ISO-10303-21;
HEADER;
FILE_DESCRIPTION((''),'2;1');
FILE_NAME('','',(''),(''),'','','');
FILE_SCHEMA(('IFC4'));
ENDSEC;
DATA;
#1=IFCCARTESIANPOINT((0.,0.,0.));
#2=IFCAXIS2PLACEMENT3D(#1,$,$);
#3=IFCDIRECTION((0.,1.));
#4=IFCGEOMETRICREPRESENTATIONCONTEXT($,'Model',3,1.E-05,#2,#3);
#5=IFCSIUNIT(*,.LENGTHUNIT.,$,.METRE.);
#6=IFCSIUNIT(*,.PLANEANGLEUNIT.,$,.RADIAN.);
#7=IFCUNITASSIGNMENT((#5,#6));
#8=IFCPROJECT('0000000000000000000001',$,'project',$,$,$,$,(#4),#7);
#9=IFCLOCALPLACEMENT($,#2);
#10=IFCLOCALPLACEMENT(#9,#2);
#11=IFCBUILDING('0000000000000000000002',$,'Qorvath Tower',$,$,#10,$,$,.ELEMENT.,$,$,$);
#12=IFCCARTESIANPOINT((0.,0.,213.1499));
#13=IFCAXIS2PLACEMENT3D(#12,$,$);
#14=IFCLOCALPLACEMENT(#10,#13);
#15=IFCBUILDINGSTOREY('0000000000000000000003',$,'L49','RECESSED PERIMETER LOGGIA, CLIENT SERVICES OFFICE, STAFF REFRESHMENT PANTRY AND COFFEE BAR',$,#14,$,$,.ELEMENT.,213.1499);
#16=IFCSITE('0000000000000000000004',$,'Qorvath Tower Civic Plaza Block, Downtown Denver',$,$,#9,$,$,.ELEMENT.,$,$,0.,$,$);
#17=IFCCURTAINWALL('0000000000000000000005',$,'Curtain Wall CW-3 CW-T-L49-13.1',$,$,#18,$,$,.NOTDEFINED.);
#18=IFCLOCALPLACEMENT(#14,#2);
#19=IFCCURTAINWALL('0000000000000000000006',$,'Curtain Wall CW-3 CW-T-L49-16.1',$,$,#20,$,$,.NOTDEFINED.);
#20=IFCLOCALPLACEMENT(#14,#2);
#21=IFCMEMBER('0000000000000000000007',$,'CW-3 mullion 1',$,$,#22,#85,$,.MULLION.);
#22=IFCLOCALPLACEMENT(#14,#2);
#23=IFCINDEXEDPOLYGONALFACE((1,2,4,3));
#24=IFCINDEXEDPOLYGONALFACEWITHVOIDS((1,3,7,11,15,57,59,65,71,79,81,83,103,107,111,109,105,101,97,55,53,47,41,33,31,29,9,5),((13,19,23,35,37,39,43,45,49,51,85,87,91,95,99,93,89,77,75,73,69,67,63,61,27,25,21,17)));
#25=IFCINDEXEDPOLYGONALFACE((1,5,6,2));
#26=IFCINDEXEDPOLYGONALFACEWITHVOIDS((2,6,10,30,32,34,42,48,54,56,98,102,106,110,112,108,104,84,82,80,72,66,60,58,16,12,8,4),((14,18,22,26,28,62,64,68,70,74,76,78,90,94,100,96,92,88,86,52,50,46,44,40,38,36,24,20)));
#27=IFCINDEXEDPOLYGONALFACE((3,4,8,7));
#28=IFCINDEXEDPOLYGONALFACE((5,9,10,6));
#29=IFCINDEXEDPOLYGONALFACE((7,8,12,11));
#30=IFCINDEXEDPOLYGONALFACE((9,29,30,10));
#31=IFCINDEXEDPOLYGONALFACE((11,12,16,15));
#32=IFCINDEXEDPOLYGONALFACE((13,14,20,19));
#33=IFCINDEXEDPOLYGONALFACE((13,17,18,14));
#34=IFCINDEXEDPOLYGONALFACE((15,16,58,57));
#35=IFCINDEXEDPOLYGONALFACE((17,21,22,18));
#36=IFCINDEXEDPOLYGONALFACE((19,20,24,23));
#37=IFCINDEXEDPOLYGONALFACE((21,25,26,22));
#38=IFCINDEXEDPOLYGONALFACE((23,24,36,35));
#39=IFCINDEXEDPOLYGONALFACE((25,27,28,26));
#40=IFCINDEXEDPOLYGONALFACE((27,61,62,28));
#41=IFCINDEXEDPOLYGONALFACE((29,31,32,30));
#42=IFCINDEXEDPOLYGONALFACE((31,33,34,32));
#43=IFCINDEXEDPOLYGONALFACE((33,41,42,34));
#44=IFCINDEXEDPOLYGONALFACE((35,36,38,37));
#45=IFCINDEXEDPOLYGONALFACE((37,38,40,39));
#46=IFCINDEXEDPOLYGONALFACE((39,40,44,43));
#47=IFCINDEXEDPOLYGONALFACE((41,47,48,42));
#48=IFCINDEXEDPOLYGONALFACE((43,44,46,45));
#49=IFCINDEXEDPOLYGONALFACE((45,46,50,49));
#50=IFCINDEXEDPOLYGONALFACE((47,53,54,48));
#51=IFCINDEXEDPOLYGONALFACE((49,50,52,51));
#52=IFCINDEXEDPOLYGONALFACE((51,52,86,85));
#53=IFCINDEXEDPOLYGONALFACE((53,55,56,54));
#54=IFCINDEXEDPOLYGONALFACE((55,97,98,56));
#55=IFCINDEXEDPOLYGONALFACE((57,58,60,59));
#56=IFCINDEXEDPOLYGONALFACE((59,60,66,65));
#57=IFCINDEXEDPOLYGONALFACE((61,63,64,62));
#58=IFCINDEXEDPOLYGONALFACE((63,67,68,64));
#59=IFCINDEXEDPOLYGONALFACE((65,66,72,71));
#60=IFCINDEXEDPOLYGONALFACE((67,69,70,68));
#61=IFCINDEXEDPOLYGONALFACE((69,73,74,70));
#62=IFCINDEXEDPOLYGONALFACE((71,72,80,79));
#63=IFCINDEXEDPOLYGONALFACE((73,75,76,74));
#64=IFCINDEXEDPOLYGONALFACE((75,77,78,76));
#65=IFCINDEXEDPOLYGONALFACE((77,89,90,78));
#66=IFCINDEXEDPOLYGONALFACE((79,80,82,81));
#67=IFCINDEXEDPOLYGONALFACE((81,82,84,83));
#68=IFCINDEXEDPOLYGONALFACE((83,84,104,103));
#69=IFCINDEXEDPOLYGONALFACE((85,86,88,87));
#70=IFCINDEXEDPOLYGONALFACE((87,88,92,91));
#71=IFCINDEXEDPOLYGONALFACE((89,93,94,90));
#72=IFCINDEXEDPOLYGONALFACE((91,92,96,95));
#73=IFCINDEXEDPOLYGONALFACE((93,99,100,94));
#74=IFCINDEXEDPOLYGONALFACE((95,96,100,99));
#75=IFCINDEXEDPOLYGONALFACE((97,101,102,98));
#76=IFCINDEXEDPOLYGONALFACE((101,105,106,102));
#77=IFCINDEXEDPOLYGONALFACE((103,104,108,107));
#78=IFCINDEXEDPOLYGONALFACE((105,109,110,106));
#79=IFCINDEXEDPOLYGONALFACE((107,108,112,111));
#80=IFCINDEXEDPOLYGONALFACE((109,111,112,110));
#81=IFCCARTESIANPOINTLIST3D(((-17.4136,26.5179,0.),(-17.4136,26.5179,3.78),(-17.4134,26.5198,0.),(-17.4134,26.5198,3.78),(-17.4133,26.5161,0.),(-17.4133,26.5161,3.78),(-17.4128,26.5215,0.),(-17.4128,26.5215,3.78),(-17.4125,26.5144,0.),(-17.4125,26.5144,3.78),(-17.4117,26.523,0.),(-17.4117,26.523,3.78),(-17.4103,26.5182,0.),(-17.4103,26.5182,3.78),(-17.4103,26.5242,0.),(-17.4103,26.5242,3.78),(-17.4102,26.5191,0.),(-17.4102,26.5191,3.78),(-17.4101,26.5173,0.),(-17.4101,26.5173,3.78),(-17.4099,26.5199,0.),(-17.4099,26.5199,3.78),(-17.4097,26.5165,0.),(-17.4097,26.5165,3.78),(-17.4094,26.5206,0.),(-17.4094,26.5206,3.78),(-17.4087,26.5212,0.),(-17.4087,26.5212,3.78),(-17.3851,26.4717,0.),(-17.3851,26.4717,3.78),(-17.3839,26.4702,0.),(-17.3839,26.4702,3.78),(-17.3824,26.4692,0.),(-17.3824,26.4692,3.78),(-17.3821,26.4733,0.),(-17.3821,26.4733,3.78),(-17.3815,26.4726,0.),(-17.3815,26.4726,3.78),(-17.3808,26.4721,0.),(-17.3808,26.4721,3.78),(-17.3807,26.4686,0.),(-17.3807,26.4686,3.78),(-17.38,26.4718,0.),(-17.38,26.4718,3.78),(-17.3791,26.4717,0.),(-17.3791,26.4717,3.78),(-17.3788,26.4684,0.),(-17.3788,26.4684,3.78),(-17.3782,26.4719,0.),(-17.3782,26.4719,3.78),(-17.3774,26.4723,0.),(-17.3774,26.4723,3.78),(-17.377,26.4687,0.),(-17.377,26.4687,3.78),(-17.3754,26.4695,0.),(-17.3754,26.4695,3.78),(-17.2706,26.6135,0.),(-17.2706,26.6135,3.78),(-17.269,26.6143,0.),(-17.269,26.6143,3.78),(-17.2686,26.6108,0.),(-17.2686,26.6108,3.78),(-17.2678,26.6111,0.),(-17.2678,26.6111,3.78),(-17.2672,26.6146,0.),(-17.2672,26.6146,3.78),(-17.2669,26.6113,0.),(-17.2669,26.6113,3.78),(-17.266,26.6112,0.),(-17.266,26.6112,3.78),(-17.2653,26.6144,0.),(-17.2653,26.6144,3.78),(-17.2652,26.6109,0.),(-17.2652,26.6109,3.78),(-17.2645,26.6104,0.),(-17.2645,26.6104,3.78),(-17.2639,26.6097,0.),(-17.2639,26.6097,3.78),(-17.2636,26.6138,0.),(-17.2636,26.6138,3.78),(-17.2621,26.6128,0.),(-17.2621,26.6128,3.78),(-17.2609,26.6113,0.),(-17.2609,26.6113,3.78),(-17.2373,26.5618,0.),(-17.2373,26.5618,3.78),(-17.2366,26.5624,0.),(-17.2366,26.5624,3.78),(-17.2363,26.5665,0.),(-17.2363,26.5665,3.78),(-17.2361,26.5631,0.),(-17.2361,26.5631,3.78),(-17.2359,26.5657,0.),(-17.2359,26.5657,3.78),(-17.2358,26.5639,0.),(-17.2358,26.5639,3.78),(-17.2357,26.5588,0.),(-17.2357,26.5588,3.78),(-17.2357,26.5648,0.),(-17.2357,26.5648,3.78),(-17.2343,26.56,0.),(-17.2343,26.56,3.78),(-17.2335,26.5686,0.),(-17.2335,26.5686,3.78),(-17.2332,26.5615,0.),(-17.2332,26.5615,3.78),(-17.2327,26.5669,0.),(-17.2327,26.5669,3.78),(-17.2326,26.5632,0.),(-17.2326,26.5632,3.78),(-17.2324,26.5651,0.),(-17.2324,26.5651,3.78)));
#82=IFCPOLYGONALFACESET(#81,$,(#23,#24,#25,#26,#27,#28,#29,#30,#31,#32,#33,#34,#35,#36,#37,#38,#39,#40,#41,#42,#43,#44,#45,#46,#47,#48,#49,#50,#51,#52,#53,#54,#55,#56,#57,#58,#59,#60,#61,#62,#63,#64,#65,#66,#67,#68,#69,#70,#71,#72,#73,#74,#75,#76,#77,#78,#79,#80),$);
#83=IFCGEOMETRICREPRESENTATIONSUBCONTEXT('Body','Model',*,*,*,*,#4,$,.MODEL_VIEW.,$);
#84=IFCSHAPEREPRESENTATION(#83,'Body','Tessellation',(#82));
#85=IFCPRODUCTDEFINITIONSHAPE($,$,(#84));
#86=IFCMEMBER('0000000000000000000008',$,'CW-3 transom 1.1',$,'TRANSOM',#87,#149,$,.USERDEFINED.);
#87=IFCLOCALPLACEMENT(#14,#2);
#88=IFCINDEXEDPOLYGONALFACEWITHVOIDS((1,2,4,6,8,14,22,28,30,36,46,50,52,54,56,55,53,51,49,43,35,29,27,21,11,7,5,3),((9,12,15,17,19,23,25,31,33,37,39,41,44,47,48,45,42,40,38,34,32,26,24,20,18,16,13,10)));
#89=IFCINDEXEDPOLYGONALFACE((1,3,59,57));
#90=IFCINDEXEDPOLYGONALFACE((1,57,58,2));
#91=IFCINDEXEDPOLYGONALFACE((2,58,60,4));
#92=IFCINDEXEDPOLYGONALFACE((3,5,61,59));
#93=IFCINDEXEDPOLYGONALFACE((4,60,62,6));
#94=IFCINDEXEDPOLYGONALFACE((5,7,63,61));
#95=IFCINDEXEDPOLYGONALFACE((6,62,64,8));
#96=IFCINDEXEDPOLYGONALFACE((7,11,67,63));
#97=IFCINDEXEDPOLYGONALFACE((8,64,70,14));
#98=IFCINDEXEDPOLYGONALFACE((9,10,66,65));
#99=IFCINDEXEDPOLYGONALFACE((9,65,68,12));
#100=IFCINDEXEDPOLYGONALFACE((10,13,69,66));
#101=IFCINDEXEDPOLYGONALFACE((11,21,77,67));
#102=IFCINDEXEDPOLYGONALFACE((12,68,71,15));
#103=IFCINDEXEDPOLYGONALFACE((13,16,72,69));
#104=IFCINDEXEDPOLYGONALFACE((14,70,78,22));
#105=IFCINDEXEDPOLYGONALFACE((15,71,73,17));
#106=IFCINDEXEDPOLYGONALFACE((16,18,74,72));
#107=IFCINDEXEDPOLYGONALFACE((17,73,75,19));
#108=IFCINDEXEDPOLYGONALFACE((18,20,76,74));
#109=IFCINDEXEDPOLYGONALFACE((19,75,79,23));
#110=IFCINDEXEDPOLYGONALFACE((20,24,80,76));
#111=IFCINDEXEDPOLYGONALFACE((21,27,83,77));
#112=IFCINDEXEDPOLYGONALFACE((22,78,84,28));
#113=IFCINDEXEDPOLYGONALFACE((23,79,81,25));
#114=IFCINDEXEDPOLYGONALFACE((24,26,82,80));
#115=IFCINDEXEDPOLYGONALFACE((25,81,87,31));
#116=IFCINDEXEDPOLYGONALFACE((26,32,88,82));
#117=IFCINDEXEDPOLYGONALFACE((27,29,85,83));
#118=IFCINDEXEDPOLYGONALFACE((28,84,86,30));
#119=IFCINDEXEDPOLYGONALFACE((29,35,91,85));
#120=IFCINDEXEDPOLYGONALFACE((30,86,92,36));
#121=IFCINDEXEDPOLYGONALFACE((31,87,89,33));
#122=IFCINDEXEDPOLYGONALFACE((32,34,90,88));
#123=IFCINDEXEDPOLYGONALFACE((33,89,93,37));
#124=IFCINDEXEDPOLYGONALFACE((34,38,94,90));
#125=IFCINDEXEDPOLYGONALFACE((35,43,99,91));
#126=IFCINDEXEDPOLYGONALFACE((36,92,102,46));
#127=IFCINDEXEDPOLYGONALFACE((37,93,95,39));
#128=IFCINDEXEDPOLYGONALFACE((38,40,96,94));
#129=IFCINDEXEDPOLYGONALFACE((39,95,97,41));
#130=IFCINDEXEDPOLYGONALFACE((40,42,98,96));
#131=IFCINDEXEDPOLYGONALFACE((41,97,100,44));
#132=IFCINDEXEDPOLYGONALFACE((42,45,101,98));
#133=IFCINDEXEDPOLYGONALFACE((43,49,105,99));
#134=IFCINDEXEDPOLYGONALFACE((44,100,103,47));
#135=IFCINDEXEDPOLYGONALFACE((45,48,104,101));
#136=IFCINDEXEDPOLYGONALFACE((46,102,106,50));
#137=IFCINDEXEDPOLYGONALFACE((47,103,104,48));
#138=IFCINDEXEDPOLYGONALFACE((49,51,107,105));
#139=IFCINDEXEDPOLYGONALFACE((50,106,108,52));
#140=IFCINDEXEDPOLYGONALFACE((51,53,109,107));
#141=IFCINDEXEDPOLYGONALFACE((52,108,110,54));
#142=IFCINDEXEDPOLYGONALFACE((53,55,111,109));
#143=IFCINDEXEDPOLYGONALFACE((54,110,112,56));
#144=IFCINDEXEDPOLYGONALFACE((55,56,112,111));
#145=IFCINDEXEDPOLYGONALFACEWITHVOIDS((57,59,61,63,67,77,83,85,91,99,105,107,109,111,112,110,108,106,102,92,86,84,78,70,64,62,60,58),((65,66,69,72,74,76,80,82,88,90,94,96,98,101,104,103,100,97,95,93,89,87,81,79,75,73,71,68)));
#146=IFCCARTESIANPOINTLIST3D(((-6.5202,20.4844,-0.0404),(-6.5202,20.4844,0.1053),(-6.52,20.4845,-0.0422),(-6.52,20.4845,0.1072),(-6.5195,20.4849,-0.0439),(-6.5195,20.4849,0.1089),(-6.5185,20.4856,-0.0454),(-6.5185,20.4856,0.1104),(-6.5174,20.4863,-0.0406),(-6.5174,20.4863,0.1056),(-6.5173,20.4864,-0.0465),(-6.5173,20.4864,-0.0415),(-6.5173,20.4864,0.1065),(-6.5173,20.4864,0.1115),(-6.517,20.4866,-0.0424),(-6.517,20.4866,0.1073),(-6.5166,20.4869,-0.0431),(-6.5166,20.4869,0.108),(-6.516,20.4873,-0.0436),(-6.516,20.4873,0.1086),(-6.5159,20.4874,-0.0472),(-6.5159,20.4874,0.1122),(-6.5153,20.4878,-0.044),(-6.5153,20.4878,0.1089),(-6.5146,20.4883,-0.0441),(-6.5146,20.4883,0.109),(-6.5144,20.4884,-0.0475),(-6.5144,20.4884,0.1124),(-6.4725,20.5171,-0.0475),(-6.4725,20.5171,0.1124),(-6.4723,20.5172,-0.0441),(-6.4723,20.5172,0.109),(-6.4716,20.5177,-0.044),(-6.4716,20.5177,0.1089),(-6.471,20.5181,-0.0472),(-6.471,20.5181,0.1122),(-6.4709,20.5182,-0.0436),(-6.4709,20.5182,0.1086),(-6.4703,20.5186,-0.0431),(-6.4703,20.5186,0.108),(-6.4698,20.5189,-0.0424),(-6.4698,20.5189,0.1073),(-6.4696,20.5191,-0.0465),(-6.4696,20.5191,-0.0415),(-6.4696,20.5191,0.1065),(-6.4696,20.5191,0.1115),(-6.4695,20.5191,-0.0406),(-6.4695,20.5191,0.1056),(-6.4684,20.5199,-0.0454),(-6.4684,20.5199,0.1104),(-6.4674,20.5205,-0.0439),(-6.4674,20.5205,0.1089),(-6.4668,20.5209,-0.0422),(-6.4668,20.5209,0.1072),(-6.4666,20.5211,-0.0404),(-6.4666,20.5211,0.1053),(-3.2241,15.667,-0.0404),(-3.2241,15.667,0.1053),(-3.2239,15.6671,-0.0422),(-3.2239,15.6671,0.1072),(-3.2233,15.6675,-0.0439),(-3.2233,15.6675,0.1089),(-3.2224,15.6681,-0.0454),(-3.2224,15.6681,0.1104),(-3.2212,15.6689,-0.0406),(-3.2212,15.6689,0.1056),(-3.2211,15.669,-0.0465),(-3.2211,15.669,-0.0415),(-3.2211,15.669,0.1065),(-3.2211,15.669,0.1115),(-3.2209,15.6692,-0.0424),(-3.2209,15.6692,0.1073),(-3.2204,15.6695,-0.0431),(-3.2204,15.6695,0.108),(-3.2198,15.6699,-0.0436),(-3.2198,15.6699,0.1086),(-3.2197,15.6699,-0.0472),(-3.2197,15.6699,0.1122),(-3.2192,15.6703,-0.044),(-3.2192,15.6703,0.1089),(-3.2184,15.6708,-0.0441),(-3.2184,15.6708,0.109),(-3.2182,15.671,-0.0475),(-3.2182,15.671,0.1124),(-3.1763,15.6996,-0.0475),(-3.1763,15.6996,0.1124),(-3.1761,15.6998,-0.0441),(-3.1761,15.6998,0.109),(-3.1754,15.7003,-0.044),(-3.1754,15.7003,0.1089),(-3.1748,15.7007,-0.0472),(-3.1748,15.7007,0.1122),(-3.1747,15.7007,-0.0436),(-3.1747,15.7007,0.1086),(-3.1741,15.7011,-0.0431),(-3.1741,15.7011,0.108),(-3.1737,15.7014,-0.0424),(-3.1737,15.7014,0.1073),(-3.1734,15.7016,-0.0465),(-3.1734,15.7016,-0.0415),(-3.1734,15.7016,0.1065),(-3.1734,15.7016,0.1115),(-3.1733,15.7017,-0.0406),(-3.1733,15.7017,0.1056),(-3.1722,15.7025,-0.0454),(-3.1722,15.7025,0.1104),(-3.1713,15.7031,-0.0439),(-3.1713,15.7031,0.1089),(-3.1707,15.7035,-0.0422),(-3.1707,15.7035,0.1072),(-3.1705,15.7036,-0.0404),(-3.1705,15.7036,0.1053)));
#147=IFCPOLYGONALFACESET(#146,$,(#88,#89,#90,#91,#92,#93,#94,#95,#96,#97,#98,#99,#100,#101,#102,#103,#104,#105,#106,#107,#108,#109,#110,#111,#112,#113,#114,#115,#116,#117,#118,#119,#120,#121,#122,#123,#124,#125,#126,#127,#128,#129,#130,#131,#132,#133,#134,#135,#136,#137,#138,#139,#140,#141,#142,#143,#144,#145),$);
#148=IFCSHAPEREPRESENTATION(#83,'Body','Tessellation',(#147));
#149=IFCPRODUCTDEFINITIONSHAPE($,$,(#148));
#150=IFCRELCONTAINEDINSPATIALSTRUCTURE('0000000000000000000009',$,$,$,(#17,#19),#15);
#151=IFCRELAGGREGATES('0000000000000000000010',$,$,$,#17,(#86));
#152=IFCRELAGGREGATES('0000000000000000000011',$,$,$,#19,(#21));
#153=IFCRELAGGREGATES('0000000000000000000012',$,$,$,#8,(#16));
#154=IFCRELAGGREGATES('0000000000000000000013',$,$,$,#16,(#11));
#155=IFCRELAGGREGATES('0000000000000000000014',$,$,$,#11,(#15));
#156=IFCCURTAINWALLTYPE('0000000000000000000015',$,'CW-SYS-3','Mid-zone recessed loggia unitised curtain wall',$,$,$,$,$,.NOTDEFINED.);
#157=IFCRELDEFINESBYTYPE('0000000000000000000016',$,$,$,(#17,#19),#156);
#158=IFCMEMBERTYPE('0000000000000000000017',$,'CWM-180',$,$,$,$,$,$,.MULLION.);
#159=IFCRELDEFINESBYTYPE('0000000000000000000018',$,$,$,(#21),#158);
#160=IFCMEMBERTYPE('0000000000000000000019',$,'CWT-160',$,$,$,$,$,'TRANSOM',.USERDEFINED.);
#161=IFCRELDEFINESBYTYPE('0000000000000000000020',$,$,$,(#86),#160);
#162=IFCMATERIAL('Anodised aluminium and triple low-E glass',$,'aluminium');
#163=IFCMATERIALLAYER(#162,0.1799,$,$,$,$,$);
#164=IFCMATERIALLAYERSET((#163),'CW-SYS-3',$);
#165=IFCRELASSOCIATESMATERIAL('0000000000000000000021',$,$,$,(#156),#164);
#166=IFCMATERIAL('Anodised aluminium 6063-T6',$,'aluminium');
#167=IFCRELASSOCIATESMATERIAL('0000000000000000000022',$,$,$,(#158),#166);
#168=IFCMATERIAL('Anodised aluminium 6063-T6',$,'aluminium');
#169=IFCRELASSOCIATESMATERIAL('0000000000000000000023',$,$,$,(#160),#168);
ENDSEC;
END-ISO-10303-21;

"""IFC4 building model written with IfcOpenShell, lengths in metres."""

from ifc_helpers import new_model, si_unit, direction, frame, origin, origin_2d, place, context, subcontext, project, spatial, hollow_rectangle, extrude, material, layer, layer_set, material_profile, profile_set, type_object, element, aggregate, save


model = new_model("IFC4")

# Units and contexts
model_context = context("Model", 3, precision=1e-05, world=origin(), true_north=direction((0.0, 1.0)))
body_context = subcontext(model_context, "Body", "Model", "MODEL_VIEW")
ifc_project = project(units=[si_unit("LENGTHUNIT", "METRE"), si_unit("PLANEANGLEUNIT", "RADIAN")], contexts=[model_context])

# Site, building, storey
site_placement = place(None, origin())
site = spatial("IfcSite", under=ifc_project, at=site_placement, Name="Qorvath Tower Civic Plaza Block, Downtown Denver", CompositionType="ELEMENT", RefElevation=0.0)
building_placement = place(site_placement, origin())
building = spatial("IfcBuilding", under=site, at=building_placement, Name="Qorvath Tower", CompositionType="ELEMENT")
storey_placement = place(building_placement, frame((0.0, 0.0, 213.1499)))
storey = spatial("IfcBuildingStorey", under=building, at=storey_placement, Name="L49", Description="RECESSED PERIMETER LOGGIA, CLIENT SERVICES OFFICE, STAFF REFRESHMENT PANTRY AND COFFEE BAR", CompositionType="ELEMENT", Elevation=213.1499)

# Shared definitions
ifc_material_1 = material(Name="Anodised aluminium and triple low-E glass", Category="aluminium")
ifc_layer_1 = layer(ifc_material_1, 0.1799)
ifc_layer_set_1 = layer_set([ifc_layer_1], Name="CW-SYS-3")
curtain_wall_type = type_object("IfcCurtainWallType", Name="CW-SYS-3", Description="Mid-zone recessed loggia unitised curtain wall", PredefinedType="NOTDEFINED", material=ifc_layer_set_1)
ifc_material_2 = material(Name="Anodised aluminium 6063-T6", Category="aluminium")
ifc_material_profile_1 = material_profile(ifc_material_2, hollow_rectangle(XDim=0.0649, YDim=0.1799, WallThickness=0.0034, InnerFilletRadius=0.0034, OuterFilletRadius=0.0071, at=origin_2d()), Name="CWM 180x65")
ifc_profile_set_1 = profile_set([ifc_material_profile_1], Name="Anodised aluminium 6063-T6")
member_type_1 = type_object("IfcMemberType", Name="CWM-180", PredefinedType="MULLION", material=ifc_profile_set_1)

# Curtain wall
curtain_wall_1_placement = place(storey_placement, origin())
curtain_wall_1 = element("IfcCurtainWall", 1, at=curtain_wall_1_placement, inside=storey, type_object=curtain_wall_type, Name="Curtain Wall CW-3 CW-T-L49-13.1", PredefinedType="NOTDEFINED")

# Curtain wall, member
curtain_wall_2_placement = place(storey_placement, origin())
curtain_wall_2 = element("IfcCurtainWall", 2, at=curtain_wall_2_placement, inside=storey, type_object=curtain_wall_type, Name="Curtain Wall CW-3 CW-T-L49-16.1", PredefinedType="NOTDEFINED")
member_1_placement = place(storey_placement, frame((-17.323, 26.5415, 0.0), z_axis=(0.0, 0.0, 1.0), x_axis=(0.538532, -0.842605, 0.0)))
member_1 = element("IfcMember", 3, at=member_1_placement, type_object=member_type_1, Name="CW-3 mullion 1", PredefinedType="MULLION", context=body_context, shape_type="SweptSolid", body=[
    extrude(hollow_rectangle(XDim=0.0649, YDim=0.1799, WallThickness=0.0034, InnerFilletRadius=0.0034, OuterFilletRadius=0.0071, at=origin_2d()), origin(), (0.0, 0.0, 1.0), 3.78),
])

# Member
ifc_material_3 = material(Name="Anodised aluminium 6063-T6", Category="aluminium")
ifc_material_profile_2 = material_profile(ifc_material_3, hollow_rectangle(XDim=0.0649, YDim=0.1599, WallThickness=0.0034, InnerFilletRadius=0.0034, OuterFilletRadius=0.0071, at=origin_2d()), Name="CWT 160x65")
ifc_profile_set_2 = profile_set([ifc_material_profile_2], Name="Anodised aluminium 6063-T6")
member_type_2 = type_object("IfcMemberType", Name="CWT-160", ElementType="TRANSOM", PredefinedType="USERDEFINED", material=ifc_profile_set_2)
member_2_placement = place(storey_placement, frame((-3.1973, 15.6853, 0.0325), z_axis=(-0.564688, 0.825304, 0.0), x_axis=(-0.825304, -0.564688, 0.0)))
member_2 = element("IfcMember", 4, at=member_2_placement, type_object=member_type_2, Name="CW-3 transom 1.1", ObjectType="TRANSOM", PredefinedType="USERDEFINED", context=body_context, shape_type="SweptSolid", body=[
    extrude(hollow_rectangle(XDim=0.0649, YDim=0.1599, WallThickness=0.0034, InnerFilletRadius=0.0034, OuterFilletRadius=0.0071, at=origin_2d()), origin(), (0.0, 0.0, 1.0), 5.8372),
])

aggregate(curtain_wall_1, [member_2])
aggregate(curtain_wall_2, [member_1])

save(model, "model.ifc")
